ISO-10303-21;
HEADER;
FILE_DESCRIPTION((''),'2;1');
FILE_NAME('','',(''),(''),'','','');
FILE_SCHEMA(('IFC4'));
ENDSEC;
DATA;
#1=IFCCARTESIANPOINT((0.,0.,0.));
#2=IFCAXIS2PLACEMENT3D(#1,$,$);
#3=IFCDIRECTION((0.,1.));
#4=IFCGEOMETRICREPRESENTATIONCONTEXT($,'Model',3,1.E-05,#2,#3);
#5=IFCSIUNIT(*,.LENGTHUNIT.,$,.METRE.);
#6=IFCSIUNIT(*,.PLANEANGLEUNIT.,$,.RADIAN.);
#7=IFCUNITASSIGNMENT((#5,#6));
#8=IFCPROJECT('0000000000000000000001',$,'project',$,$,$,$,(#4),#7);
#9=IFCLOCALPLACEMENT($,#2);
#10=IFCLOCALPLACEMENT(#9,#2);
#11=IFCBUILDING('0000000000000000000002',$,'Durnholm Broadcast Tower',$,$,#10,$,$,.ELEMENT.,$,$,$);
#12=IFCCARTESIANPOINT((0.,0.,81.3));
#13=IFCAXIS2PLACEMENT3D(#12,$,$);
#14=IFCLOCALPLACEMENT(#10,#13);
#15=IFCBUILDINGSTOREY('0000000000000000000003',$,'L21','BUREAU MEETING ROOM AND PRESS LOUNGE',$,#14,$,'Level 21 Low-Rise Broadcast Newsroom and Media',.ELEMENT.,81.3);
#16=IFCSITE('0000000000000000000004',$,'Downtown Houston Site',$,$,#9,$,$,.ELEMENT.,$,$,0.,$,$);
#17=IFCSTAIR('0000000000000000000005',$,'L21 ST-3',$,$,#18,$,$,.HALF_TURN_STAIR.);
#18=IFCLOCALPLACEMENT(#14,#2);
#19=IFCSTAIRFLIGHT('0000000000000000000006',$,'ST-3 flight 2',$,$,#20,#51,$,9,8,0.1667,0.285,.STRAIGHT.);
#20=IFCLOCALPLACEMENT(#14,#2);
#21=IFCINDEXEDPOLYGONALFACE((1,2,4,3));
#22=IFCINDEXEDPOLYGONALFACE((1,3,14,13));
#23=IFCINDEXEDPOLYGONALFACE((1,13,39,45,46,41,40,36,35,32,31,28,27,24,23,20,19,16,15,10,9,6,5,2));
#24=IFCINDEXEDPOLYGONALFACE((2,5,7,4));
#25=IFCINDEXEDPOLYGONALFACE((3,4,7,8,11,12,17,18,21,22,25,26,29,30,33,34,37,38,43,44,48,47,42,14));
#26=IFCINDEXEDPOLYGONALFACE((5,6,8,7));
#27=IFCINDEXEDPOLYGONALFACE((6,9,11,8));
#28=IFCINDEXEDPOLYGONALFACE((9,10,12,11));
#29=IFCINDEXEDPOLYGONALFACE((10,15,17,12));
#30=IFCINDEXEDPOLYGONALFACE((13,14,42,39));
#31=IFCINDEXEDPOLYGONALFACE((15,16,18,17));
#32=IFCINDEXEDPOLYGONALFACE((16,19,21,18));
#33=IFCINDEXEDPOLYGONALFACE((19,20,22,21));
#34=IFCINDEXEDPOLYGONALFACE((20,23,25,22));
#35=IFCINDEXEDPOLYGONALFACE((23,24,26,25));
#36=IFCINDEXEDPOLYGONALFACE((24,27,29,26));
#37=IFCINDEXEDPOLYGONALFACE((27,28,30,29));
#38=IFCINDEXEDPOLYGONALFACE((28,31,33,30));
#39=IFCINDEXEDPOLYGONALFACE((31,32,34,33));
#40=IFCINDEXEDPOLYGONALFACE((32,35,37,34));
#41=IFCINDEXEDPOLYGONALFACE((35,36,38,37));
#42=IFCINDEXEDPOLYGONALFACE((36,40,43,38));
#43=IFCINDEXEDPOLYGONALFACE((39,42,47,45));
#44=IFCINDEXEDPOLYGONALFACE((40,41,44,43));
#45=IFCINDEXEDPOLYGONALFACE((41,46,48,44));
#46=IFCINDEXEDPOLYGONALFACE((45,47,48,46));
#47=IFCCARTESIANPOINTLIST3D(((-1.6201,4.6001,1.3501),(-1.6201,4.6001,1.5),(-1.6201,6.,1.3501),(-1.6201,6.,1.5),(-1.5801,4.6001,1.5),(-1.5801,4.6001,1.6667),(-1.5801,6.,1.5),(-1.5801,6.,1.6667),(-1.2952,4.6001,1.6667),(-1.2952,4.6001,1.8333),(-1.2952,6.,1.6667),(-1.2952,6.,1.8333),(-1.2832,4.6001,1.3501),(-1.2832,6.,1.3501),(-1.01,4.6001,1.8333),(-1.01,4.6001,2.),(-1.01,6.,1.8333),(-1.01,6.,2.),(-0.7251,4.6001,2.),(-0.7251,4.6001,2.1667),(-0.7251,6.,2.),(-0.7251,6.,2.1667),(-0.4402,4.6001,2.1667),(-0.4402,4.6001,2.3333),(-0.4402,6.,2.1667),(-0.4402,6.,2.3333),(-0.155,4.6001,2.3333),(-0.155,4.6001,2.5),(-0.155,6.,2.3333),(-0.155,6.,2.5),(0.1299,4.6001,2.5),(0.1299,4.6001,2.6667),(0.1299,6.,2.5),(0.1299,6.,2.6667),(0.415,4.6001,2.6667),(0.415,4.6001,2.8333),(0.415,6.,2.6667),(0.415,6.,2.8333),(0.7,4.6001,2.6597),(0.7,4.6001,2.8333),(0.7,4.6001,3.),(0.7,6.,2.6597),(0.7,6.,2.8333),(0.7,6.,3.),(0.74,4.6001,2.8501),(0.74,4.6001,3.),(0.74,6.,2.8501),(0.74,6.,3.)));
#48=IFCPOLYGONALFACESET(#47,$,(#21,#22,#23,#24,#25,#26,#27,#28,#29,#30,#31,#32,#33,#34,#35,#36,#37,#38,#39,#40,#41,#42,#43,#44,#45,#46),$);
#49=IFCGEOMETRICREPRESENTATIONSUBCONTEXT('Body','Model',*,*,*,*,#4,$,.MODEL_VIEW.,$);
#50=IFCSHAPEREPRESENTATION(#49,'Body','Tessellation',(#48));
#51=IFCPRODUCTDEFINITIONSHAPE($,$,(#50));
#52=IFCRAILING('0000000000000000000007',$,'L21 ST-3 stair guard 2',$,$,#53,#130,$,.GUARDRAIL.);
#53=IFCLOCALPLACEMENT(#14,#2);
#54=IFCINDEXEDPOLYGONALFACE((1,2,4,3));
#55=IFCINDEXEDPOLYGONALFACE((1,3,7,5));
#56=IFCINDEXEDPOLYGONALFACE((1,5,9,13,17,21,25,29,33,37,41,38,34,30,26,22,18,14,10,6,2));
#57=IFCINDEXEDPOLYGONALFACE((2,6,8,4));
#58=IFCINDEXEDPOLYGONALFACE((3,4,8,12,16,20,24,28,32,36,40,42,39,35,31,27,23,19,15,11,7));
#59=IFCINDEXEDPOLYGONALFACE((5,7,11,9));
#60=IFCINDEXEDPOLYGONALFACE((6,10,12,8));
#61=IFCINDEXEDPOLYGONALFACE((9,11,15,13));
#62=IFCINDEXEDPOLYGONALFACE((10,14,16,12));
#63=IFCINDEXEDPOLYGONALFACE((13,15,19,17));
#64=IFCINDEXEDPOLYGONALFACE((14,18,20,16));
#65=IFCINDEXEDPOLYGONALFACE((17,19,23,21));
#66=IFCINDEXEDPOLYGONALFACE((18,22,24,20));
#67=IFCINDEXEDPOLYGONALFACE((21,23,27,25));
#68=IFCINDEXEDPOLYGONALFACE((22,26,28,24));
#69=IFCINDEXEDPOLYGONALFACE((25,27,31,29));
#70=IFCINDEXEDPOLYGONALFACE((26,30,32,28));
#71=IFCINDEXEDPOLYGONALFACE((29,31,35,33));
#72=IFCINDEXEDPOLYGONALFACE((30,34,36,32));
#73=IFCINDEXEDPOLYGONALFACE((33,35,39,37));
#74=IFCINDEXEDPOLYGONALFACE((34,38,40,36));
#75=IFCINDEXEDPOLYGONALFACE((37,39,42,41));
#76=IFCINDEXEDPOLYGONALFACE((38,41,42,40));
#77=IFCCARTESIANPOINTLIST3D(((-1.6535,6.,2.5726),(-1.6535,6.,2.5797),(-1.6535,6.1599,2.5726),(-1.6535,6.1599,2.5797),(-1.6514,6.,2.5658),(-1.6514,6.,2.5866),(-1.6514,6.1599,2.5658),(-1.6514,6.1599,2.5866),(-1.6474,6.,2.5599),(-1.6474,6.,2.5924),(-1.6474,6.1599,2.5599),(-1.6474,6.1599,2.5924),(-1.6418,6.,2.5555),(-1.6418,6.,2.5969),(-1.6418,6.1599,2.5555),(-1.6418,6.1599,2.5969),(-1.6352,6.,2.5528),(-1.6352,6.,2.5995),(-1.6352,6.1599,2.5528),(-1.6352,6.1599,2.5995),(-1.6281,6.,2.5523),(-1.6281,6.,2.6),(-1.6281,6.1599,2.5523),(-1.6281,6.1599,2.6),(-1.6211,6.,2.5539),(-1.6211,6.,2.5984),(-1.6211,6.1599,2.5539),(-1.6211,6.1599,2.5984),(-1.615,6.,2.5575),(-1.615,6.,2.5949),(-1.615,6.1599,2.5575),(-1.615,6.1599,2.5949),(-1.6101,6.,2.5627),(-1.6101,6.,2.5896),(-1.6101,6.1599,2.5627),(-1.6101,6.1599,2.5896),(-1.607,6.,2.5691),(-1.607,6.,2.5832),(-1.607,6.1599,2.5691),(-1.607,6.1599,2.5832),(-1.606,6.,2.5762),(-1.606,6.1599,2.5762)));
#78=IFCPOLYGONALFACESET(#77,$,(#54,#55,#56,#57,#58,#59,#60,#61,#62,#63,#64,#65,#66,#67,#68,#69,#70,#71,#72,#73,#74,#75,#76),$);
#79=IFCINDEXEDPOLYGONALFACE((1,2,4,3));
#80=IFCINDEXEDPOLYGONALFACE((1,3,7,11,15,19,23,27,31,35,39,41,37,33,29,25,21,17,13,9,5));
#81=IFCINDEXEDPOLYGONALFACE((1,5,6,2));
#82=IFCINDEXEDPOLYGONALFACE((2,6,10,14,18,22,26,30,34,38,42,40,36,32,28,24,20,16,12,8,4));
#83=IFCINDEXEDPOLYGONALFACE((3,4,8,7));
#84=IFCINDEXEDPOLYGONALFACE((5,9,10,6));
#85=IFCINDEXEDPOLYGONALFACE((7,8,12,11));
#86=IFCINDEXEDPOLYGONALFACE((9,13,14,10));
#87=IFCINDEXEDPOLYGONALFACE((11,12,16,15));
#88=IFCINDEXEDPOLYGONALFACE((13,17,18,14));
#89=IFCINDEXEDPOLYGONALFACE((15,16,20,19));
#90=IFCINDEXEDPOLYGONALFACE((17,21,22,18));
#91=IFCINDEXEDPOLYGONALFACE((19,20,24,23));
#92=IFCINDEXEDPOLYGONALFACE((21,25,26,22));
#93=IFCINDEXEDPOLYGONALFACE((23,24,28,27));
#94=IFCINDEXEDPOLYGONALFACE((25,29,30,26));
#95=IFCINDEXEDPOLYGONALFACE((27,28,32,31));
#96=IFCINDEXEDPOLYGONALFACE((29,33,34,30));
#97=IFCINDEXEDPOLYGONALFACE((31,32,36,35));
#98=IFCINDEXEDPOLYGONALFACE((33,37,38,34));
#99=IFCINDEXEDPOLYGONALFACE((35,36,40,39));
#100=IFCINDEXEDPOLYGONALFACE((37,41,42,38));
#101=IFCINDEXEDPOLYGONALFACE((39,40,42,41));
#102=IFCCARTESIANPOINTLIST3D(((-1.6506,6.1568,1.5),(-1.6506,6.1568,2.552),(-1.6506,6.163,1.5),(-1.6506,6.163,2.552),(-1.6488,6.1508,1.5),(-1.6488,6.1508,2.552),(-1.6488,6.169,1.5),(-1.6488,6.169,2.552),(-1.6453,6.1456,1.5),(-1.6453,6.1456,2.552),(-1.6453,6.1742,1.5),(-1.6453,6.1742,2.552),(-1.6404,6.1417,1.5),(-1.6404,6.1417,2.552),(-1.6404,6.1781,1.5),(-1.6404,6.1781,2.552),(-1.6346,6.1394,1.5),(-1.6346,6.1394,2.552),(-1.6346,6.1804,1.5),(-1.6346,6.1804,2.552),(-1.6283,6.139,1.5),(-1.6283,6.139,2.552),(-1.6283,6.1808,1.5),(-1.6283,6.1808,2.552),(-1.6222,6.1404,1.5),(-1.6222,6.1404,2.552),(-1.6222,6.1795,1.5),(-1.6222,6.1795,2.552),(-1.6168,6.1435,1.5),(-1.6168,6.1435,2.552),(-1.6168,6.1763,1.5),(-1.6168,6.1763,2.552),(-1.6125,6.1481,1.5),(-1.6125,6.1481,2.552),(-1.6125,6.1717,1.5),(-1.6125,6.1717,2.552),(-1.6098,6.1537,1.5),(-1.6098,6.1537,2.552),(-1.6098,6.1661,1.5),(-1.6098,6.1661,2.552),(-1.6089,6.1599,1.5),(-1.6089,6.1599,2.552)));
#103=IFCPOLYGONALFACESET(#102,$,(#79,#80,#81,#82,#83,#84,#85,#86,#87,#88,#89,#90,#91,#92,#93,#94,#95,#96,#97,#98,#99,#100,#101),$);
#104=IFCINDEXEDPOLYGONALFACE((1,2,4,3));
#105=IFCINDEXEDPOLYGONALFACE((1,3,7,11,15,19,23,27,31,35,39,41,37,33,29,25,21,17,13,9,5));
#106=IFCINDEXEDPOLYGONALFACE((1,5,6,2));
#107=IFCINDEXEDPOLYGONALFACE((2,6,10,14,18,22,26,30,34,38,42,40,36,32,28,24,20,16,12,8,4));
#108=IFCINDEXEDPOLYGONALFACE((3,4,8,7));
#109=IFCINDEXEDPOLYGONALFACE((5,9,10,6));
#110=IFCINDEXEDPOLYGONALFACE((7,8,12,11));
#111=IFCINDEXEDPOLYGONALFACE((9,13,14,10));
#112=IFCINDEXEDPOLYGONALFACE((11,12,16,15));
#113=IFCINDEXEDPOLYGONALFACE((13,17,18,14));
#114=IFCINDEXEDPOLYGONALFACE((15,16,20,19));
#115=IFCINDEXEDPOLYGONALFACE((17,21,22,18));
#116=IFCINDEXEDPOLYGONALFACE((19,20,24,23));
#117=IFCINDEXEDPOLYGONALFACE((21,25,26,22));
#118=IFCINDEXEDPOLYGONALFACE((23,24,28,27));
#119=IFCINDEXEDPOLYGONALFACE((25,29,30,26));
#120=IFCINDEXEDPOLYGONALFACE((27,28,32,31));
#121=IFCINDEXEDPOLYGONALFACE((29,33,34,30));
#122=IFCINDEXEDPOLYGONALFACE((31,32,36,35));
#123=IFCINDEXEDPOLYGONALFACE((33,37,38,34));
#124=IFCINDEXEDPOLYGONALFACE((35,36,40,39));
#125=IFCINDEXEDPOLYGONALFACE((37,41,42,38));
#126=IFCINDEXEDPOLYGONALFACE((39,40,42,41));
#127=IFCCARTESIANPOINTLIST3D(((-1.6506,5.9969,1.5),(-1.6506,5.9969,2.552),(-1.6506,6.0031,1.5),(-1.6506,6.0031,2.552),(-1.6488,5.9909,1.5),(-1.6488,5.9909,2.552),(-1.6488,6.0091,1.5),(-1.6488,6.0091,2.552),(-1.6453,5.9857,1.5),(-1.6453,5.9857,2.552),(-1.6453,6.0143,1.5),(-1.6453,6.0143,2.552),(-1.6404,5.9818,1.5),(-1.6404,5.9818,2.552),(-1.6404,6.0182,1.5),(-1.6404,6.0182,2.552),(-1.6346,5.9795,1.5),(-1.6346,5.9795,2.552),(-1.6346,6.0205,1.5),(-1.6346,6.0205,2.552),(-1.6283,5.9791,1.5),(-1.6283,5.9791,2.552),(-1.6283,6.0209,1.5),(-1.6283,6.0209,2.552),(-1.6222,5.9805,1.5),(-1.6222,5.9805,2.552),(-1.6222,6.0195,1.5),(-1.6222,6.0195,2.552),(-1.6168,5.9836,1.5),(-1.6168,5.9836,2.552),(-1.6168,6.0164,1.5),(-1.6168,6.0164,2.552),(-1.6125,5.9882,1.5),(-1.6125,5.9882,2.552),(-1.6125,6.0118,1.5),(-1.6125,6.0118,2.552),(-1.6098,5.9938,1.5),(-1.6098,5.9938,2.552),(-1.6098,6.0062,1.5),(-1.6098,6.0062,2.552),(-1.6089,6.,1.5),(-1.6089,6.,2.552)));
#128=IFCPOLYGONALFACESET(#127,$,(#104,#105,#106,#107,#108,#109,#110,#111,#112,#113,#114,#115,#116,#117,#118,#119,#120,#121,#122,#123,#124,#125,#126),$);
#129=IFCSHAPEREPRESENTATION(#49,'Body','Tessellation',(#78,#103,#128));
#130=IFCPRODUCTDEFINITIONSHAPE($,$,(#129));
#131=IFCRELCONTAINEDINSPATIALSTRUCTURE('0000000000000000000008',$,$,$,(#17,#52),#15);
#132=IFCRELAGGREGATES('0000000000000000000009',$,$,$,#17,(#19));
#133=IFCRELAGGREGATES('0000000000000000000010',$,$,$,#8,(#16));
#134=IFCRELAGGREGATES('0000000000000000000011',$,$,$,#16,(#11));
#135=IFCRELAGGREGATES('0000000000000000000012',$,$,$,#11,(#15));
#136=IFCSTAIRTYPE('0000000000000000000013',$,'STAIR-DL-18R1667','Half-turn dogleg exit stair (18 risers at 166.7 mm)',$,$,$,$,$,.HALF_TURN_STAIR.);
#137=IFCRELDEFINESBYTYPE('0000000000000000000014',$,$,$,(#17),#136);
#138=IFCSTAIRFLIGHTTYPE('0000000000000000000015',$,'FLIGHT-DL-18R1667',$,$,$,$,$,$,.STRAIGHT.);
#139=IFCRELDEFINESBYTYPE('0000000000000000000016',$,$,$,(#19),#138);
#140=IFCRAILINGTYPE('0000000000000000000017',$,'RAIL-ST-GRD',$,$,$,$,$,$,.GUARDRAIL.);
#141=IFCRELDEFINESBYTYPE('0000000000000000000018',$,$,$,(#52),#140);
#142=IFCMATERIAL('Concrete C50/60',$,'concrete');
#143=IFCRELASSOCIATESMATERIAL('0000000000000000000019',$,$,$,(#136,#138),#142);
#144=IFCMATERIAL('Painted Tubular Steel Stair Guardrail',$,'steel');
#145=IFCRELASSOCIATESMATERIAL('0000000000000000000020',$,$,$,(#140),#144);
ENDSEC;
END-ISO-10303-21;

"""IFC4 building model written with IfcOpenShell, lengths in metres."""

from ifc_helpers import new_model, si_unit, direction, frame, origin, origin_2d, place, context, subcontext, project, spatial, polyline, circle, outline, extrude, material, type_object, element, aggregate, save


model = new_model("IFC4")

# Units and contexts
model_context = context("Model", 3, precision=1e-05, world=origin(), true_north=direction((0.0, 1.0)))
body_context = subcontext(model_context, "Body", "Model", "MODEL_VIEW")
ifc_project = project(units=[si_unit("LENGTHUNIT", "METRE"), si_unit("PLANEANGLEUNIT", "RADIAN")], contexts=[model_context])

# Site, building, storey
site_placement = place(None, origin())
site = spatial("IfcSite", under=ifc_project, at=site_placement, Name="Downtown Houston Site", CompositionType="ELEMENT", RefElevation=0.0)
building_placement = place(site_placement, origin())
building = spatial("IfcBuilding", under=site, at=building_placement, Name="Durnholm Broadcast Tower", CompositionType="ELEMENT")
storey_placement = place(building_placement, frame((0.0, 0.0, 81.3)))
storey = spatial("IfcBuildingStorey", under=building, at=storey_placement, Name="L21", Description="BUREAU MEETING ROOM AND PRESS LOUNGE", LongName="Level 21 Low-Rise Broadcast Newsroom and Media", CompositionType="ELEMENT", Elevation=81.3)

# Shared definitions
ifc_material_1 = material(Name="Concrete C50/60", Category="concrete")

# Stair, stair flight
stair_type = type_object("IfcStairType", Name="STAIR-DL-18R1667", Description="Half-turn dogleg exit stair (18 risers at 166.7 mm)", PredefinedType="HALF_TURN_STAIR", material=ifc_material_1)
stair_placement = place(storey_placement, origin())
stair = element("IfcStair", 1, at=stair_placement, inside=storey, type_object=stair_type, Name="L21 ST-3", PredefinedType="HALF_TURN_STAIR")
stair_flight_type = type_object("IfcStairFlightType", Name="FLIGHT-DL-18R1667", PredefinedType="STRAIGHT", material=ifc_material_1)
stair_flight_placement = place(storey_placement, frame((-1.5801, 5.3, 1.5), z_axis=(0.0, 0.0, 1.0), x_axis=(1.0, 0.0, 0.0)))
stair_flight = element("IfcStairFlight", 2, at=stair_flight_placement, type_object=stair_flight_type, Name="ST-3 flight 2", NumberOfRisers=9, NumberOfTreads=8, PredefinedType="STRAIGHT", RiserHeight=0.1667, TreadLength=0.285, context=body_context, shape_type="SweptSolid", body=[
    extrude(outline(polyline([(-0.04, -0.1499), (-0.04, 0.0), (0.0, 0.0), (0.0, 0.1667), (0.2849, 0.1667), (0.2849, 0.3333), (0.5701, 0.3333), (0.5701, 0.5), (0.855, 0.5), (0.855, 0.6667), (1.1399, 0.6667), (1.1399, 0.8333), (1.425, 0.8333), (1.425, 1.0), (1.71, 1.0), (1.71, 1.1667), (1.9951, 1.1667), (1.9951, 1.3333), (2.28, 1.3333), (2.28, 1.5), (2.3201, 1.5), (2.3201, 1.3501), (2.28, 1.1597), (0.2969, -0.1499), (-0.04, -0.1499)])), frame((0.0, 0.7, 0.0), z_axis=(0.0, -1.0, 0.0), x_axis=(1.0, 0.0, 0.0)), (0.0, 0.0, 1.0), 1.3999),
])
aggregate(stair, [stair_flight])

# Railing
ifc_material_2 = material(Name="Painted Tubular Steel Stair Guardrail", Category="steel")
railing_type_1 = type_object("IfcRailingType", Name="RAIL-ST-GRD", PredefinedType="GUARDRAIL", material=ifc_material_2)
railing_1_placement = place(storey_placement, frame((-1.6299, 6.1599, 1.5)))
element("IfcRailing", 3, at=railing_1_placement, inside=storey, type_object=railing_type_1, Name="L21 ST-3 stair guard 2", PredefinedType="GUARDRAIL", context=body_context, shape_type="SweptSolid", body=[
    extrude(circle(Radius=0.0239, at=origin_2d()), frame((0.0, 0.0, 1.0762), z_axis=(0.0, -1.0, 0.0), x_axis=(1.0, 0.0, 0.0)), (0.0, 0.0, 1.0), 0.1599),
    extrude(circle(Radius=0.021, at=origin_2d()), origin(), (0.0, 0.0, 1.0), 1.052),
    extrude(circle(Radius=0.021, at=origin_2d()), frame((0.0, -0.1599, 0.0)), (0.0, 0.0, 1.0), 1.052),
])

save(model, "model.ifc")
